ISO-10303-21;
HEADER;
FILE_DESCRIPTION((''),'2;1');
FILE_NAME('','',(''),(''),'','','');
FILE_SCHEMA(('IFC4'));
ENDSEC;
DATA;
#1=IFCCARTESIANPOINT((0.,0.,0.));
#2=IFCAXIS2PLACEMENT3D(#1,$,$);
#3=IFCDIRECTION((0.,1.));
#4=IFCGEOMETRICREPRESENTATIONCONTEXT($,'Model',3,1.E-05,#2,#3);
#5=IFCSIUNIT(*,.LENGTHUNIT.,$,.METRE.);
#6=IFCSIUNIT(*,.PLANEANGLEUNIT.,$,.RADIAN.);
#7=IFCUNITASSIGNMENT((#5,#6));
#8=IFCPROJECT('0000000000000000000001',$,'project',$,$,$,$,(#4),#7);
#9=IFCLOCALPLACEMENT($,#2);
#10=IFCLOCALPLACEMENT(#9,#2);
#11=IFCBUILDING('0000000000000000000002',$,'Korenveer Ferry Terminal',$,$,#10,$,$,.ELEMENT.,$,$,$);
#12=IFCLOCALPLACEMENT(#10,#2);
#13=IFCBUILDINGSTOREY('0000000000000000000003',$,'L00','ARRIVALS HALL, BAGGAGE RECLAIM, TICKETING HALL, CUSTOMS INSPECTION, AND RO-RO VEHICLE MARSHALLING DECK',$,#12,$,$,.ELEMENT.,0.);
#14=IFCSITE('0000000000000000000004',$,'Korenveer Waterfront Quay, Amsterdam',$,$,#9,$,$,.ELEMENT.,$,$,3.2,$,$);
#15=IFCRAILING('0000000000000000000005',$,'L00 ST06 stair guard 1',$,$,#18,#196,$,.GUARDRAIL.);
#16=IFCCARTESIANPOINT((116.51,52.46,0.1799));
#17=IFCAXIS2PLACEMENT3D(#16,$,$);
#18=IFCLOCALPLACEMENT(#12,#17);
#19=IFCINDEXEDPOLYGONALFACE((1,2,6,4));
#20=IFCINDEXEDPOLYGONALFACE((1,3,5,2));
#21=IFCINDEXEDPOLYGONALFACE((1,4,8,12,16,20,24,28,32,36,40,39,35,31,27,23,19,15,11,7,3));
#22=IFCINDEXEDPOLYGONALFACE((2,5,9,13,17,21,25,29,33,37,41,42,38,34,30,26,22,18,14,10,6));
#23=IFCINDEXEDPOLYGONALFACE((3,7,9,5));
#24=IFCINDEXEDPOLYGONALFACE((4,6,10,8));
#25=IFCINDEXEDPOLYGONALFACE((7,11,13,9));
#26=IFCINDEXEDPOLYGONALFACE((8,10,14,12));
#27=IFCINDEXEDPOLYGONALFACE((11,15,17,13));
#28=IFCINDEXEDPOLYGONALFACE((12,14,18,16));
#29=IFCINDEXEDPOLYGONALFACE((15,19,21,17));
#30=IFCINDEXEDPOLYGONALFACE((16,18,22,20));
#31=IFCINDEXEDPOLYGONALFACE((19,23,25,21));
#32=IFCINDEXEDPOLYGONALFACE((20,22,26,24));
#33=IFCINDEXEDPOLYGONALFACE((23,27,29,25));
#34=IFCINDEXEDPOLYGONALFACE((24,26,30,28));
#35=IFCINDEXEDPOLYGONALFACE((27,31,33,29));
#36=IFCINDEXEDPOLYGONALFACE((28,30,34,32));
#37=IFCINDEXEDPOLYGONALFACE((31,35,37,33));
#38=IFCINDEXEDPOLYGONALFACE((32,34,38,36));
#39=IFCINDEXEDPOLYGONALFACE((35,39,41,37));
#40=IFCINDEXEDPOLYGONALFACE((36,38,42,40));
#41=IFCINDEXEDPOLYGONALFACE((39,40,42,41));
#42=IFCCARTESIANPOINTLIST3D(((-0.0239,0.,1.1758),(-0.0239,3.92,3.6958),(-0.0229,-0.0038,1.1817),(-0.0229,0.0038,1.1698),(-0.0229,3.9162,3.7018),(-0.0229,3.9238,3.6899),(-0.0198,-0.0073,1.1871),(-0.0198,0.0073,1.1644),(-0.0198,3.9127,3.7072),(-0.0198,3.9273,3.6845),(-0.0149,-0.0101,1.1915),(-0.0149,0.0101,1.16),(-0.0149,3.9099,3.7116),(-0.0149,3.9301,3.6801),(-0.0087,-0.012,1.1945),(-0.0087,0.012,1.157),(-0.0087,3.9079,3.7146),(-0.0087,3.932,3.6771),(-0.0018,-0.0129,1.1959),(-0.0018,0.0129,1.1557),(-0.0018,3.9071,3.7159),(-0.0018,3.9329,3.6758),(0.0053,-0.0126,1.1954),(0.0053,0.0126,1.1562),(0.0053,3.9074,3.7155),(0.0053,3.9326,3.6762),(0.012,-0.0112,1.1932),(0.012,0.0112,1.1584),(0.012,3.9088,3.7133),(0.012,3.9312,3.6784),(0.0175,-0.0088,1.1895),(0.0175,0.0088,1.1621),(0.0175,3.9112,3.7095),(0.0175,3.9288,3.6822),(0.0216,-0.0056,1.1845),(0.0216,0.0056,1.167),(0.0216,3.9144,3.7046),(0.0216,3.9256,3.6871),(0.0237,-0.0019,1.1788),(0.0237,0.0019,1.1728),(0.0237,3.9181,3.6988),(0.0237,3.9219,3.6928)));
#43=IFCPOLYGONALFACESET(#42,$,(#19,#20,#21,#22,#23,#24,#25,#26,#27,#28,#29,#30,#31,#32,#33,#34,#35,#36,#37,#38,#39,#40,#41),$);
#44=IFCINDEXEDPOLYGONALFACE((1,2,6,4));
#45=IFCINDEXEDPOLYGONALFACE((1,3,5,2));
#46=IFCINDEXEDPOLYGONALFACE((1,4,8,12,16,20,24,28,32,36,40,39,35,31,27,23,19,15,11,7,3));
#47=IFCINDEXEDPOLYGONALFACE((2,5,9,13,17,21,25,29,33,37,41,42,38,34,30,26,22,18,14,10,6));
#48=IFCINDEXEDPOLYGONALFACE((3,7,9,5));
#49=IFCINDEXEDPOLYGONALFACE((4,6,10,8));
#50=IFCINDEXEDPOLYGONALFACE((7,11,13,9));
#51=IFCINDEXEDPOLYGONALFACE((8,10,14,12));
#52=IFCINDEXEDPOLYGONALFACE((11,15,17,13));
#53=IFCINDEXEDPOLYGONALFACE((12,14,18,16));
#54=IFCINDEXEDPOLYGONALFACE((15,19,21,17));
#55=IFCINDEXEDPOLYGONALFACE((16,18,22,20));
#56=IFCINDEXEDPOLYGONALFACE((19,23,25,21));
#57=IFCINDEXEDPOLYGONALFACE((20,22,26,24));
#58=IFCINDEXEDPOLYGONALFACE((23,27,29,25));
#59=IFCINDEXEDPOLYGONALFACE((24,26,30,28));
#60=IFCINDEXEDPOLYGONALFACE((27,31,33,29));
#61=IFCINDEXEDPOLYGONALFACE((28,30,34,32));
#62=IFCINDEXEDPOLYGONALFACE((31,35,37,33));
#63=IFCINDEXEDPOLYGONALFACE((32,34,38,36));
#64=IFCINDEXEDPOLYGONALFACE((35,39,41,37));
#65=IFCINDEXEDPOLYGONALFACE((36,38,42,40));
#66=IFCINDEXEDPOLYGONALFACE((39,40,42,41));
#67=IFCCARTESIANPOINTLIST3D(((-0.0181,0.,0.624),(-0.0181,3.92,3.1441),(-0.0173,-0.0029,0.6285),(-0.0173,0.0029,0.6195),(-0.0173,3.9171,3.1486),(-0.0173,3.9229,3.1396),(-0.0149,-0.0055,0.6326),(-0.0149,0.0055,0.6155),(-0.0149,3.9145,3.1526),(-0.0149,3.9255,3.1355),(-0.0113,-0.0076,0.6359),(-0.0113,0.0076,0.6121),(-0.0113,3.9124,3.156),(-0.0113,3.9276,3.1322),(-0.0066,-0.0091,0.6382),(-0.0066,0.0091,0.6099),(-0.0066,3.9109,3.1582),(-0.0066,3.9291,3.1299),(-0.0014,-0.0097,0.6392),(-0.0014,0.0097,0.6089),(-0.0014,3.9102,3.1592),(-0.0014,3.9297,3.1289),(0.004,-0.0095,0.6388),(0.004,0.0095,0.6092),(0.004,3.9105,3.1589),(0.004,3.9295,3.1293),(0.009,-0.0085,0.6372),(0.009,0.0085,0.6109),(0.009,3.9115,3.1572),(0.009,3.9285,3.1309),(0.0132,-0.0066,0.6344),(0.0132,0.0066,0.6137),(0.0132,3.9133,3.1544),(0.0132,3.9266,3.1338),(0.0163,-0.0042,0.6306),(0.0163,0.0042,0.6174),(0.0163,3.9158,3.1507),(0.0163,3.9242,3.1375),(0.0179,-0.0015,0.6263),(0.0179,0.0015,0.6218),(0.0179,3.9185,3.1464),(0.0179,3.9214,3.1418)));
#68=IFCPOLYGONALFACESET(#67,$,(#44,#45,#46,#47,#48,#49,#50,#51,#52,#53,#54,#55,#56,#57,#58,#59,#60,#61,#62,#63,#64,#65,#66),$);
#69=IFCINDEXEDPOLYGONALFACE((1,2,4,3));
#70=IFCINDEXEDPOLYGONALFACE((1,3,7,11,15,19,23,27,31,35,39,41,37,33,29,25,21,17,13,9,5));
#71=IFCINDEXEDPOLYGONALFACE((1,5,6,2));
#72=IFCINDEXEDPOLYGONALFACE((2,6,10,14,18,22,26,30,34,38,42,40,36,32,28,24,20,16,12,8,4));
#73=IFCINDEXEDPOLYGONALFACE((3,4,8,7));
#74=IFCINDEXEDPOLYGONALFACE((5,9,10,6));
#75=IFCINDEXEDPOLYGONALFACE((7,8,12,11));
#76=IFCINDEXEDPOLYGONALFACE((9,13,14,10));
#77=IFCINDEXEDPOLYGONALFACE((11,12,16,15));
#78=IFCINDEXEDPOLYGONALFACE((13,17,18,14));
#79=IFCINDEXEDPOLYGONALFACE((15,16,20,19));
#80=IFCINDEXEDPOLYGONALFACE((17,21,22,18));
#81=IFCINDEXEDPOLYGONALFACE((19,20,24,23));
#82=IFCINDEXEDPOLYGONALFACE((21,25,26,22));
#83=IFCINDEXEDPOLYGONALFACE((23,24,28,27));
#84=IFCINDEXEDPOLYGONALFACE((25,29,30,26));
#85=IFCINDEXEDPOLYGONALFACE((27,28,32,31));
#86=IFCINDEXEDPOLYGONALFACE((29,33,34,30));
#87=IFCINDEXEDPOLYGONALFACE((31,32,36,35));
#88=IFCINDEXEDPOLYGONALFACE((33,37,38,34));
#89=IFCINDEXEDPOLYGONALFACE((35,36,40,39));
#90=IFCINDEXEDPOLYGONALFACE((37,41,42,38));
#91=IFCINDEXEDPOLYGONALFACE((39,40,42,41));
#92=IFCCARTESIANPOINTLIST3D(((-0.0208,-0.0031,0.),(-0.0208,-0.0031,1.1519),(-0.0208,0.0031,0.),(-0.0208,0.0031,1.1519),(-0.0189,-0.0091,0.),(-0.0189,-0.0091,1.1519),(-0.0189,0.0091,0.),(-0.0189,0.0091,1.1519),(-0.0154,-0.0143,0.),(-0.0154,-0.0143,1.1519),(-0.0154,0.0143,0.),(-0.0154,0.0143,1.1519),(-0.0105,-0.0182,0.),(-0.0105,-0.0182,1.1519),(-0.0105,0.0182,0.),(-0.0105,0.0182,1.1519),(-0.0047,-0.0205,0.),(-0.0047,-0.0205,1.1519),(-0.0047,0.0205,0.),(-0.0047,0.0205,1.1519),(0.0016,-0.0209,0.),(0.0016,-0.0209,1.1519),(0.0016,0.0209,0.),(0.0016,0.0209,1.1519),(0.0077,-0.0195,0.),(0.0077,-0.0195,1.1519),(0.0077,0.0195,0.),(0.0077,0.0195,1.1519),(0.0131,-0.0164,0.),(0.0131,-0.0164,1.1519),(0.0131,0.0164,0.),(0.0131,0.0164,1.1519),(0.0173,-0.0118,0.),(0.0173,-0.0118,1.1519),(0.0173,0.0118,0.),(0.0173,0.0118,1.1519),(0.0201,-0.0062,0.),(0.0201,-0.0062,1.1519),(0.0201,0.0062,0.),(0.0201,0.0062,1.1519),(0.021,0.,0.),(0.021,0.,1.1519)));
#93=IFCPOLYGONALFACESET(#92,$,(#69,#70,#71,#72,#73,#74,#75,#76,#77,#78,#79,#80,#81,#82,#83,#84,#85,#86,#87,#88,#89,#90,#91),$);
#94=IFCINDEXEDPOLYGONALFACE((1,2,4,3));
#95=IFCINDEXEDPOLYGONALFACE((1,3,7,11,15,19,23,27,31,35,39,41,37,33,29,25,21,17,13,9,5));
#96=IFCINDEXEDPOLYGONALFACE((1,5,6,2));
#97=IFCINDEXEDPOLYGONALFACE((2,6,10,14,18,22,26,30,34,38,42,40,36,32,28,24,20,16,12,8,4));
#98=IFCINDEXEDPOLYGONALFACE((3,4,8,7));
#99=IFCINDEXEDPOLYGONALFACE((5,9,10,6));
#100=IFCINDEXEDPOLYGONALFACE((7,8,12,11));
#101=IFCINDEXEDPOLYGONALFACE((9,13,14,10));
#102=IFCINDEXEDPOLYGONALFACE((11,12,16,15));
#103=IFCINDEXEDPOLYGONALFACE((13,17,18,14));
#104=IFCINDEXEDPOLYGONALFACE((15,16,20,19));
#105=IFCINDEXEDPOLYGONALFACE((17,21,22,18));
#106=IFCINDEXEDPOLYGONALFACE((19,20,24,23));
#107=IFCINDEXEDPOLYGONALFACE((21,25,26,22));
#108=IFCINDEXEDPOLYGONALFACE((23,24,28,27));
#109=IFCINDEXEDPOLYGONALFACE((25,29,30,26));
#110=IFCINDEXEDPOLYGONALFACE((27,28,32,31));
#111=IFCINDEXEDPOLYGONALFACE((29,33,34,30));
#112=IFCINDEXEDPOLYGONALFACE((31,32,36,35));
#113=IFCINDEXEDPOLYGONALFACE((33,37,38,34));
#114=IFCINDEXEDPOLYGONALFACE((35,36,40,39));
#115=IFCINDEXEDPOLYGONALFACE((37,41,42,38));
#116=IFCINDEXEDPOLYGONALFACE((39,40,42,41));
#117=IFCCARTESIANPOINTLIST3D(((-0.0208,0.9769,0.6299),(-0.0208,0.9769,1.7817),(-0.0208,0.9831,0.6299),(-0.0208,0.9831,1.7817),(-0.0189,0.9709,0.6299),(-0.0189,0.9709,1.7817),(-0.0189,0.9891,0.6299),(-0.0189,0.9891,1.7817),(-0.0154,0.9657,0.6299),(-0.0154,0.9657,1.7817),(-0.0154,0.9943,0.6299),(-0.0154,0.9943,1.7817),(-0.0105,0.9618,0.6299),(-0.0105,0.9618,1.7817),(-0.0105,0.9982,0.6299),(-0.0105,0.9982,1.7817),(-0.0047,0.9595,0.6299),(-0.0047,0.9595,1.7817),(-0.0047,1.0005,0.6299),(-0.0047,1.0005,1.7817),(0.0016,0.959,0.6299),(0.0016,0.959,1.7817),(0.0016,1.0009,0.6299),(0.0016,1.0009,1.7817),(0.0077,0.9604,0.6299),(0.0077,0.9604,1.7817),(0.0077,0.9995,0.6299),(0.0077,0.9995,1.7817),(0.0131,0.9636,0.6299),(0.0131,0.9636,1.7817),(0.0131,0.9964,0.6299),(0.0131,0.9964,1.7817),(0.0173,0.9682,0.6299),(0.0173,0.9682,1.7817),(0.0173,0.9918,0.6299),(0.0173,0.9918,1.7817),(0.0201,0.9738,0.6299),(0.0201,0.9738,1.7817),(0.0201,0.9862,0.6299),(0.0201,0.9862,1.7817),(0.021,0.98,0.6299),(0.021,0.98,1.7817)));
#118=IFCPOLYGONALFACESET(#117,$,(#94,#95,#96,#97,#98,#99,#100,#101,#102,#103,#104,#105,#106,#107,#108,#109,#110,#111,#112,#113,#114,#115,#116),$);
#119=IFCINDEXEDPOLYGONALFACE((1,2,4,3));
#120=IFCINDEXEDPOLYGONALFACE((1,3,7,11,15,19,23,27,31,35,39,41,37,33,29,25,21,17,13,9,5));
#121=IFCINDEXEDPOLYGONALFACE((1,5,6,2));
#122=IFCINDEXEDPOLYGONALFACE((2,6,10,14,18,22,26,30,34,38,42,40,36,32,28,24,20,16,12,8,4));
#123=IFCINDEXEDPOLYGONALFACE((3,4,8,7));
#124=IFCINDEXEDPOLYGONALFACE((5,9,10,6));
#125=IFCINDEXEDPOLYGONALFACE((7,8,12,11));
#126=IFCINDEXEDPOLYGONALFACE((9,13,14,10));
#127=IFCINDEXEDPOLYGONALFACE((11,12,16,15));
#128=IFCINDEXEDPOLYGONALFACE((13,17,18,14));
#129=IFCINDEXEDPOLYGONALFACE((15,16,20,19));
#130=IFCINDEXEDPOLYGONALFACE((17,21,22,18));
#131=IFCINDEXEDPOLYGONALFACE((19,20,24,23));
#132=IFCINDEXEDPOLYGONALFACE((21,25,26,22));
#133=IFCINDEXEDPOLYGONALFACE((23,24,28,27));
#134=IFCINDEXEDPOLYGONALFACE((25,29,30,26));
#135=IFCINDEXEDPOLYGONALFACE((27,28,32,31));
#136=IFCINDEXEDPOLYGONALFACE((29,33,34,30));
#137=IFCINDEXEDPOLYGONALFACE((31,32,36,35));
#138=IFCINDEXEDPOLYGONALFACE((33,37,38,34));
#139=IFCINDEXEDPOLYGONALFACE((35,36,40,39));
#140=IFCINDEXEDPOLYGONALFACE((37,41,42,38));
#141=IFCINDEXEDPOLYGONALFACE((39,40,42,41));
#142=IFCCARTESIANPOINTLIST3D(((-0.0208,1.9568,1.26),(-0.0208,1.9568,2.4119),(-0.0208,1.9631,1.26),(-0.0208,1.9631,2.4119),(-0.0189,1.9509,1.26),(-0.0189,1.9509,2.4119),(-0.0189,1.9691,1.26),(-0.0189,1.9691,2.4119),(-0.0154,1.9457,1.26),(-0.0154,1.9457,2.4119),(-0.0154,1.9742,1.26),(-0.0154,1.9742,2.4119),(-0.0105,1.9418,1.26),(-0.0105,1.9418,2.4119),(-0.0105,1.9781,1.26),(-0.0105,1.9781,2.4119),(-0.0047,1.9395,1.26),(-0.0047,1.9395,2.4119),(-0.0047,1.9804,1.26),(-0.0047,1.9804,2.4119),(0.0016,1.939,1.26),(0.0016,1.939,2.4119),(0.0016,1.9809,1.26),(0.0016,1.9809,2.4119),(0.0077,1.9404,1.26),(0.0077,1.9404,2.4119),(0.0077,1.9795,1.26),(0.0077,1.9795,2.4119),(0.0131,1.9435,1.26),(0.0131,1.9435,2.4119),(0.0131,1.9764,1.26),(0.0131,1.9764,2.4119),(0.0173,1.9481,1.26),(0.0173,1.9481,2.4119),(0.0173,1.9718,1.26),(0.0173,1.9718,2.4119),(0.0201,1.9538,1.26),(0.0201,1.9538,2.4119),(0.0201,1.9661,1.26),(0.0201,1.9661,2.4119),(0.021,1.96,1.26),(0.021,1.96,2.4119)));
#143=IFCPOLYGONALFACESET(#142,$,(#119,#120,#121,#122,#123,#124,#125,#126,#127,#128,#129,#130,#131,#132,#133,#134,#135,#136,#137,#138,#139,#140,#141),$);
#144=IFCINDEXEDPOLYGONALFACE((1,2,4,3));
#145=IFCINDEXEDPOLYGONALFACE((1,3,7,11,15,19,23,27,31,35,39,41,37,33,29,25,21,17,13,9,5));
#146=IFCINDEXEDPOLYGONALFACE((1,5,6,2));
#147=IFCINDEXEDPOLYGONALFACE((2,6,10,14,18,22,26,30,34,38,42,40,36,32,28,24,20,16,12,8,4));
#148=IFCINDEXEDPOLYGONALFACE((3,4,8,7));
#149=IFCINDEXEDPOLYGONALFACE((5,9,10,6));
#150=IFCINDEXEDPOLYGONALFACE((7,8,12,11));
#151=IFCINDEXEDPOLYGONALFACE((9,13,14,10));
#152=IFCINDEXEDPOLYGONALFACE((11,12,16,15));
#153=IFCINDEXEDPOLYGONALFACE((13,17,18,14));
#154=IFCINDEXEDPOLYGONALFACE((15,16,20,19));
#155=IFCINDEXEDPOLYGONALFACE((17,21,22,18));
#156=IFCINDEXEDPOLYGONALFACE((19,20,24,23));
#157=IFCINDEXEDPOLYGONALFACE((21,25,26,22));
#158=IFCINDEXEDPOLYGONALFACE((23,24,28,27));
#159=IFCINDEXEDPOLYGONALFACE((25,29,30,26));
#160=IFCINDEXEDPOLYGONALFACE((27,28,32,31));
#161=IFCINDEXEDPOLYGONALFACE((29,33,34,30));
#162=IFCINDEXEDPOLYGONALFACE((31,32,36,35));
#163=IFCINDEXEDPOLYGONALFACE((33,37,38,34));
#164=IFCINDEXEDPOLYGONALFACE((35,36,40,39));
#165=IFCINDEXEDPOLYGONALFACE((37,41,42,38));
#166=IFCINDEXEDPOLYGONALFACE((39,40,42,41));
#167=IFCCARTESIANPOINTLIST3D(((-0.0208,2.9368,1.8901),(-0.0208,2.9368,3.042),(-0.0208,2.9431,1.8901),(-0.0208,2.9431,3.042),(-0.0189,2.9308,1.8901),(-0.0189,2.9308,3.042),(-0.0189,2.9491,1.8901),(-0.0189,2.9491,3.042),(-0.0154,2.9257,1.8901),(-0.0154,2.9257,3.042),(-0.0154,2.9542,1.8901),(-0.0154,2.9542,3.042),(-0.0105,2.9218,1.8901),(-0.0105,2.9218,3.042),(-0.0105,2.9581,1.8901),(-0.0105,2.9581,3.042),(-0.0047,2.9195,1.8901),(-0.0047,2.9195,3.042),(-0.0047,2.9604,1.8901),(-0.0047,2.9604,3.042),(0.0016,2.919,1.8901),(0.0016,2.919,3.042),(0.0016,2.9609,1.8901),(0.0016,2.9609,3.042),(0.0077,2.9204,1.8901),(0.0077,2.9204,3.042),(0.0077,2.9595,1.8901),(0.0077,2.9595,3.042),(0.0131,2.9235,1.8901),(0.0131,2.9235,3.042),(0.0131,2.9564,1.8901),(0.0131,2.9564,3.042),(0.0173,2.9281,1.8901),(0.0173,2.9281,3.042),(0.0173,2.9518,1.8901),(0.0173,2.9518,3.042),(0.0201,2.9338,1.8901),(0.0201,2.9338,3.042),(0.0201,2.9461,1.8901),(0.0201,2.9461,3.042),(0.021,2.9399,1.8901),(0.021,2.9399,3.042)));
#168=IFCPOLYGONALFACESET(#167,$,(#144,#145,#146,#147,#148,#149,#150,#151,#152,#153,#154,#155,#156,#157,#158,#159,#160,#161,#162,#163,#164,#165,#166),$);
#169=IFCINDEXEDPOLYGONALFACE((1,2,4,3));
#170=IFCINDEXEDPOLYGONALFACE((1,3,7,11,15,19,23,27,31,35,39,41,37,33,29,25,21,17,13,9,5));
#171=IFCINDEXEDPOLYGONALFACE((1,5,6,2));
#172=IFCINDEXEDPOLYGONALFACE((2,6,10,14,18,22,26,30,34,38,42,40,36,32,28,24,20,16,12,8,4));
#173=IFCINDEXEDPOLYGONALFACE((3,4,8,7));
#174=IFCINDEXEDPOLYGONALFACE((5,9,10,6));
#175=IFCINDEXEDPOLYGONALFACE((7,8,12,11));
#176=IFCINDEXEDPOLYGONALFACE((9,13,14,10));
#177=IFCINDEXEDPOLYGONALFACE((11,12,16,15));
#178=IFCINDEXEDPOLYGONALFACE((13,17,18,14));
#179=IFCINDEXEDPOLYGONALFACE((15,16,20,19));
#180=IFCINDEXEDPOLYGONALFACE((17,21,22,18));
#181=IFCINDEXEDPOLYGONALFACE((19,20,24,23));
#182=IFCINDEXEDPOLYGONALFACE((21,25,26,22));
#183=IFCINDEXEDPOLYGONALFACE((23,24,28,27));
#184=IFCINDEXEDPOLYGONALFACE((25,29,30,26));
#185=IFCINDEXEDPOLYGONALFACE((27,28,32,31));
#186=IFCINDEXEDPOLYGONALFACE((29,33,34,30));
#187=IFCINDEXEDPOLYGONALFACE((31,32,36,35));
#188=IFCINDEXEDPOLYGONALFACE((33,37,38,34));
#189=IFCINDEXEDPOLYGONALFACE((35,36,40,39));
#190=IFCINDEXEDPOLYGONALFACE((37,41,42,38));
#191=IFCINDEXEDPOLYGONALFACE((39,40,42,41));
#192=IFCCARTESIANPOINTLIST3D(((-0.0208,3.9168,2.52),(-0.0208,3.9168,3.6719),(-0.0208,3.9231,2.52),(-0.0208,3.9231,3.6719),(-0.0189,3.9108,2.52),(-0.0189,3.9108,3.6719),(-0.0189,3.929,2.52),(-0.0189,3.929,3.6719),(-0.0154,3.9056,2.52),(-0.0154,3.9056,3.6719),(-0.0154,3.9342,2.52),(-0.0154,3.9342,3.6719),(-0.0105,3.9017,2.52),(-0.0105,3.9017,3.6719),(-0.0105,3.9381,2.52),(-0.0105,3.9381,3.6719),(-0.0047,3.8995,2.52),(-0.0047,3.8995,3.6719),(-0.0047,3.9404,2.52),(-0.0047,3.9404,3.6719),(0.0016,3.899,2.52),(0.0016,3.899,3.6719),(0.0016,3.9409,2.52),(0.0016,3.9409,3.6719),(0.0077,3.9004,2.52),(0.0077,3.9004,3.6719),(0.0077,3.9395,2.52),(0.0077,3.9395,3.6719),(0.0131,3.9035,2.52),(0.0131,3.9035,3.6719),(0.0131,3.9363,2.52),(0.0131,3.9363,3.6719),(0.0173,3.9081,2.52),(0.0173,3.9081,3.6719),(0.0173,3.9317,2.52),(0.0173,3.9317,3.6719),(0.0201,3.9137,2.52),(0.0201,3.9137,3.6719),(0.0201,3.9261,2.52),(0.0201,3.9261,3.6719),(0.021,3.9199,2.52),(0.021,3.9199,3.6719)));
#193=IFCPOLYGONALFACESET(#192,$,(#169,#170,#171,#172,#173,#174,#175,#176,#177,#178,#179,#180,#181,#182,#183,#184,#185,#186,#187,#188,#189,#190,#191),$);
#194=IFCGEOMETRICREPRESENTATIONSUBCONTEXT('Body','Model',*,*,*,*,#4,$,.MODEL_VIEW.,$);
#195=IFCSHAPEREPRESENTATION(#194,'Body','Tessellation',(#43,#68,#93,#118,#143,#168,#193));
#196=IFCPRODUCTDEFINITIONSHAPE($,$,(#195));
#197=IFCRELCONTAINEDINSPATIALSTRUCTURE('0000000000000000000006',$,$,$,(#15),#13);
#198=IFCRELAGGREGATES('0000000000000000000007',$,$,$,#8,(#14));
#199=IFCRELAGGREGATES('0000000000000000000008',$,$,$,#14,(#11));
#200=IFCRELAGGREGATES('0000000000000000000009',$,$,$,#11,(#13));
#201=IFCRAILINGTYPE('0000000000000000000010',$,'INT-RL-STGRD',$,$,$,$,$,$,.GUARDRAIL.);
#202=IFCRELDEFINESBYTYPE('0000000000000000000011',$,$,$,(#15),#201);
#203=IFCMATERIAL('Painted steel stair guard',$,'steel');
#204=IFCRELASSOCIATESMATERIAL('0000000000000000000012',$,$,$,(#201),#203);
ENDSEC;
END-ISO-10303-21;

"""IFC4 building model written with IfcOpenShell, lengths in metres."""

from ifc_helpers import new_model, si_unit, direction, frame, origin, origin_2d, place, context, subcontext, project, spatial, circle, extrude, material, type_object, element, save


model = new_model("IFC4")

# Units and contexts
model_context = context("Model", 3, precision=1e-05, world=origin(), true_north=direction((0.0, 1.0)))
body_context = subcontext(model_context, "Body", "Model", "MODEL_VIEW")
ifc_project = project(units=[si_unit("LENGTHUNIT", "METRE"), si_unit("PLANEANGLEUNIT", "RADIAN")], contexts=[model_context])

# Site, building, storey
site_placement = place(None, origin())
site = spatial("IfcSite", under=ifc_project, at=site_placement, Name="Korenveer Waterfront Quay, Amsterdam", CompositionType="ELEMENT", RefElevation=3.2)
building_placement = place(site_placement, origin())
building = spatial("IfcBuilding", under=site, at=building_placement, Name="Korenveer Ferry Terminal", CompositionType="ELEMENT")
storey_placement = place(building_placement, origin())
storey = spatial("IfcBuildingStorey", under=building, at=storey_placement, Name="L00", Description="ARRIVALS HALL, BAGGAGE RECLAIM, TICKETING HALL, CUSTOMS INSPECTION, AND RO-RO VEHICLE MARSHALLING DECK", CompositionType="ELEMENT", Elevation=0.0)

# Railing
ifc_material_1 = material(Name="Painted steel stair guard", Category="steel")
railing_type_1 = type_object("IfcRailingType", Name="INT-RL-STGRD", PredefinedType="GUARDRAIL", material=ifc_material_1)
railing_1_placement = place(storey_placement, frame((116.51, 52.46, 0.1799)))
element("IfcRailing", 1, at=railing_1_placement, inside=storey, type_object=railing_type_1, Name="L00 ST06 stair guard 1", PredefinedType="GUARDRAIL", context=body_context, shape_type="SweptSolid", body=[
    extrude(circle(Radius=0.0239, at=origin_2d()), frame((0.0, 0.0, 1.1758), z_axis=(0.0, 0.841172, 0.540768), x_axis=(-1.0, 0.0, 0.0)), (0.0, 0.0, 1.0), 4.6602),
    extrude(circle(Radius=0.0181, at=origin_2d()), frame((0.0, 0.0, 0.624), z_axis=(0.0, 0.841172, 0.540768), x_axis=(-1.0, 0.0, 0.0)), (0.0, 0.0, 1.0), 4.6602),
    extrude(circle(Radius=0.021, at=origin_2d()), origin(), (0.0, 0.0, 1.0), 1.1519),
    extrude(circle(Radius=0.021, at=origin_2d()), frame((0.0, 0.98, 0.6299)), (0.0, 0.0, 1.0), 1.1519),
    extrude(circle(Radius=0.021, at=origin_2d()), frame((0.0, 1.96, 1.26)), (0.0, 0.0, 1.0), 1.1519),
    extrude(circle(Radius=0.021, at=origin_2d()), frame((0.0, 2.9399, 1.8901)), (0.0, 0.0, 1.0), 1.1519),
    extrude(circle(Radius=0.021, at=origin_2d()), frame((0.0, 3.9199, 2.52)), (0.0, 0.0, 1.0), 1.1519),
])

save(model, "model.ifc")
